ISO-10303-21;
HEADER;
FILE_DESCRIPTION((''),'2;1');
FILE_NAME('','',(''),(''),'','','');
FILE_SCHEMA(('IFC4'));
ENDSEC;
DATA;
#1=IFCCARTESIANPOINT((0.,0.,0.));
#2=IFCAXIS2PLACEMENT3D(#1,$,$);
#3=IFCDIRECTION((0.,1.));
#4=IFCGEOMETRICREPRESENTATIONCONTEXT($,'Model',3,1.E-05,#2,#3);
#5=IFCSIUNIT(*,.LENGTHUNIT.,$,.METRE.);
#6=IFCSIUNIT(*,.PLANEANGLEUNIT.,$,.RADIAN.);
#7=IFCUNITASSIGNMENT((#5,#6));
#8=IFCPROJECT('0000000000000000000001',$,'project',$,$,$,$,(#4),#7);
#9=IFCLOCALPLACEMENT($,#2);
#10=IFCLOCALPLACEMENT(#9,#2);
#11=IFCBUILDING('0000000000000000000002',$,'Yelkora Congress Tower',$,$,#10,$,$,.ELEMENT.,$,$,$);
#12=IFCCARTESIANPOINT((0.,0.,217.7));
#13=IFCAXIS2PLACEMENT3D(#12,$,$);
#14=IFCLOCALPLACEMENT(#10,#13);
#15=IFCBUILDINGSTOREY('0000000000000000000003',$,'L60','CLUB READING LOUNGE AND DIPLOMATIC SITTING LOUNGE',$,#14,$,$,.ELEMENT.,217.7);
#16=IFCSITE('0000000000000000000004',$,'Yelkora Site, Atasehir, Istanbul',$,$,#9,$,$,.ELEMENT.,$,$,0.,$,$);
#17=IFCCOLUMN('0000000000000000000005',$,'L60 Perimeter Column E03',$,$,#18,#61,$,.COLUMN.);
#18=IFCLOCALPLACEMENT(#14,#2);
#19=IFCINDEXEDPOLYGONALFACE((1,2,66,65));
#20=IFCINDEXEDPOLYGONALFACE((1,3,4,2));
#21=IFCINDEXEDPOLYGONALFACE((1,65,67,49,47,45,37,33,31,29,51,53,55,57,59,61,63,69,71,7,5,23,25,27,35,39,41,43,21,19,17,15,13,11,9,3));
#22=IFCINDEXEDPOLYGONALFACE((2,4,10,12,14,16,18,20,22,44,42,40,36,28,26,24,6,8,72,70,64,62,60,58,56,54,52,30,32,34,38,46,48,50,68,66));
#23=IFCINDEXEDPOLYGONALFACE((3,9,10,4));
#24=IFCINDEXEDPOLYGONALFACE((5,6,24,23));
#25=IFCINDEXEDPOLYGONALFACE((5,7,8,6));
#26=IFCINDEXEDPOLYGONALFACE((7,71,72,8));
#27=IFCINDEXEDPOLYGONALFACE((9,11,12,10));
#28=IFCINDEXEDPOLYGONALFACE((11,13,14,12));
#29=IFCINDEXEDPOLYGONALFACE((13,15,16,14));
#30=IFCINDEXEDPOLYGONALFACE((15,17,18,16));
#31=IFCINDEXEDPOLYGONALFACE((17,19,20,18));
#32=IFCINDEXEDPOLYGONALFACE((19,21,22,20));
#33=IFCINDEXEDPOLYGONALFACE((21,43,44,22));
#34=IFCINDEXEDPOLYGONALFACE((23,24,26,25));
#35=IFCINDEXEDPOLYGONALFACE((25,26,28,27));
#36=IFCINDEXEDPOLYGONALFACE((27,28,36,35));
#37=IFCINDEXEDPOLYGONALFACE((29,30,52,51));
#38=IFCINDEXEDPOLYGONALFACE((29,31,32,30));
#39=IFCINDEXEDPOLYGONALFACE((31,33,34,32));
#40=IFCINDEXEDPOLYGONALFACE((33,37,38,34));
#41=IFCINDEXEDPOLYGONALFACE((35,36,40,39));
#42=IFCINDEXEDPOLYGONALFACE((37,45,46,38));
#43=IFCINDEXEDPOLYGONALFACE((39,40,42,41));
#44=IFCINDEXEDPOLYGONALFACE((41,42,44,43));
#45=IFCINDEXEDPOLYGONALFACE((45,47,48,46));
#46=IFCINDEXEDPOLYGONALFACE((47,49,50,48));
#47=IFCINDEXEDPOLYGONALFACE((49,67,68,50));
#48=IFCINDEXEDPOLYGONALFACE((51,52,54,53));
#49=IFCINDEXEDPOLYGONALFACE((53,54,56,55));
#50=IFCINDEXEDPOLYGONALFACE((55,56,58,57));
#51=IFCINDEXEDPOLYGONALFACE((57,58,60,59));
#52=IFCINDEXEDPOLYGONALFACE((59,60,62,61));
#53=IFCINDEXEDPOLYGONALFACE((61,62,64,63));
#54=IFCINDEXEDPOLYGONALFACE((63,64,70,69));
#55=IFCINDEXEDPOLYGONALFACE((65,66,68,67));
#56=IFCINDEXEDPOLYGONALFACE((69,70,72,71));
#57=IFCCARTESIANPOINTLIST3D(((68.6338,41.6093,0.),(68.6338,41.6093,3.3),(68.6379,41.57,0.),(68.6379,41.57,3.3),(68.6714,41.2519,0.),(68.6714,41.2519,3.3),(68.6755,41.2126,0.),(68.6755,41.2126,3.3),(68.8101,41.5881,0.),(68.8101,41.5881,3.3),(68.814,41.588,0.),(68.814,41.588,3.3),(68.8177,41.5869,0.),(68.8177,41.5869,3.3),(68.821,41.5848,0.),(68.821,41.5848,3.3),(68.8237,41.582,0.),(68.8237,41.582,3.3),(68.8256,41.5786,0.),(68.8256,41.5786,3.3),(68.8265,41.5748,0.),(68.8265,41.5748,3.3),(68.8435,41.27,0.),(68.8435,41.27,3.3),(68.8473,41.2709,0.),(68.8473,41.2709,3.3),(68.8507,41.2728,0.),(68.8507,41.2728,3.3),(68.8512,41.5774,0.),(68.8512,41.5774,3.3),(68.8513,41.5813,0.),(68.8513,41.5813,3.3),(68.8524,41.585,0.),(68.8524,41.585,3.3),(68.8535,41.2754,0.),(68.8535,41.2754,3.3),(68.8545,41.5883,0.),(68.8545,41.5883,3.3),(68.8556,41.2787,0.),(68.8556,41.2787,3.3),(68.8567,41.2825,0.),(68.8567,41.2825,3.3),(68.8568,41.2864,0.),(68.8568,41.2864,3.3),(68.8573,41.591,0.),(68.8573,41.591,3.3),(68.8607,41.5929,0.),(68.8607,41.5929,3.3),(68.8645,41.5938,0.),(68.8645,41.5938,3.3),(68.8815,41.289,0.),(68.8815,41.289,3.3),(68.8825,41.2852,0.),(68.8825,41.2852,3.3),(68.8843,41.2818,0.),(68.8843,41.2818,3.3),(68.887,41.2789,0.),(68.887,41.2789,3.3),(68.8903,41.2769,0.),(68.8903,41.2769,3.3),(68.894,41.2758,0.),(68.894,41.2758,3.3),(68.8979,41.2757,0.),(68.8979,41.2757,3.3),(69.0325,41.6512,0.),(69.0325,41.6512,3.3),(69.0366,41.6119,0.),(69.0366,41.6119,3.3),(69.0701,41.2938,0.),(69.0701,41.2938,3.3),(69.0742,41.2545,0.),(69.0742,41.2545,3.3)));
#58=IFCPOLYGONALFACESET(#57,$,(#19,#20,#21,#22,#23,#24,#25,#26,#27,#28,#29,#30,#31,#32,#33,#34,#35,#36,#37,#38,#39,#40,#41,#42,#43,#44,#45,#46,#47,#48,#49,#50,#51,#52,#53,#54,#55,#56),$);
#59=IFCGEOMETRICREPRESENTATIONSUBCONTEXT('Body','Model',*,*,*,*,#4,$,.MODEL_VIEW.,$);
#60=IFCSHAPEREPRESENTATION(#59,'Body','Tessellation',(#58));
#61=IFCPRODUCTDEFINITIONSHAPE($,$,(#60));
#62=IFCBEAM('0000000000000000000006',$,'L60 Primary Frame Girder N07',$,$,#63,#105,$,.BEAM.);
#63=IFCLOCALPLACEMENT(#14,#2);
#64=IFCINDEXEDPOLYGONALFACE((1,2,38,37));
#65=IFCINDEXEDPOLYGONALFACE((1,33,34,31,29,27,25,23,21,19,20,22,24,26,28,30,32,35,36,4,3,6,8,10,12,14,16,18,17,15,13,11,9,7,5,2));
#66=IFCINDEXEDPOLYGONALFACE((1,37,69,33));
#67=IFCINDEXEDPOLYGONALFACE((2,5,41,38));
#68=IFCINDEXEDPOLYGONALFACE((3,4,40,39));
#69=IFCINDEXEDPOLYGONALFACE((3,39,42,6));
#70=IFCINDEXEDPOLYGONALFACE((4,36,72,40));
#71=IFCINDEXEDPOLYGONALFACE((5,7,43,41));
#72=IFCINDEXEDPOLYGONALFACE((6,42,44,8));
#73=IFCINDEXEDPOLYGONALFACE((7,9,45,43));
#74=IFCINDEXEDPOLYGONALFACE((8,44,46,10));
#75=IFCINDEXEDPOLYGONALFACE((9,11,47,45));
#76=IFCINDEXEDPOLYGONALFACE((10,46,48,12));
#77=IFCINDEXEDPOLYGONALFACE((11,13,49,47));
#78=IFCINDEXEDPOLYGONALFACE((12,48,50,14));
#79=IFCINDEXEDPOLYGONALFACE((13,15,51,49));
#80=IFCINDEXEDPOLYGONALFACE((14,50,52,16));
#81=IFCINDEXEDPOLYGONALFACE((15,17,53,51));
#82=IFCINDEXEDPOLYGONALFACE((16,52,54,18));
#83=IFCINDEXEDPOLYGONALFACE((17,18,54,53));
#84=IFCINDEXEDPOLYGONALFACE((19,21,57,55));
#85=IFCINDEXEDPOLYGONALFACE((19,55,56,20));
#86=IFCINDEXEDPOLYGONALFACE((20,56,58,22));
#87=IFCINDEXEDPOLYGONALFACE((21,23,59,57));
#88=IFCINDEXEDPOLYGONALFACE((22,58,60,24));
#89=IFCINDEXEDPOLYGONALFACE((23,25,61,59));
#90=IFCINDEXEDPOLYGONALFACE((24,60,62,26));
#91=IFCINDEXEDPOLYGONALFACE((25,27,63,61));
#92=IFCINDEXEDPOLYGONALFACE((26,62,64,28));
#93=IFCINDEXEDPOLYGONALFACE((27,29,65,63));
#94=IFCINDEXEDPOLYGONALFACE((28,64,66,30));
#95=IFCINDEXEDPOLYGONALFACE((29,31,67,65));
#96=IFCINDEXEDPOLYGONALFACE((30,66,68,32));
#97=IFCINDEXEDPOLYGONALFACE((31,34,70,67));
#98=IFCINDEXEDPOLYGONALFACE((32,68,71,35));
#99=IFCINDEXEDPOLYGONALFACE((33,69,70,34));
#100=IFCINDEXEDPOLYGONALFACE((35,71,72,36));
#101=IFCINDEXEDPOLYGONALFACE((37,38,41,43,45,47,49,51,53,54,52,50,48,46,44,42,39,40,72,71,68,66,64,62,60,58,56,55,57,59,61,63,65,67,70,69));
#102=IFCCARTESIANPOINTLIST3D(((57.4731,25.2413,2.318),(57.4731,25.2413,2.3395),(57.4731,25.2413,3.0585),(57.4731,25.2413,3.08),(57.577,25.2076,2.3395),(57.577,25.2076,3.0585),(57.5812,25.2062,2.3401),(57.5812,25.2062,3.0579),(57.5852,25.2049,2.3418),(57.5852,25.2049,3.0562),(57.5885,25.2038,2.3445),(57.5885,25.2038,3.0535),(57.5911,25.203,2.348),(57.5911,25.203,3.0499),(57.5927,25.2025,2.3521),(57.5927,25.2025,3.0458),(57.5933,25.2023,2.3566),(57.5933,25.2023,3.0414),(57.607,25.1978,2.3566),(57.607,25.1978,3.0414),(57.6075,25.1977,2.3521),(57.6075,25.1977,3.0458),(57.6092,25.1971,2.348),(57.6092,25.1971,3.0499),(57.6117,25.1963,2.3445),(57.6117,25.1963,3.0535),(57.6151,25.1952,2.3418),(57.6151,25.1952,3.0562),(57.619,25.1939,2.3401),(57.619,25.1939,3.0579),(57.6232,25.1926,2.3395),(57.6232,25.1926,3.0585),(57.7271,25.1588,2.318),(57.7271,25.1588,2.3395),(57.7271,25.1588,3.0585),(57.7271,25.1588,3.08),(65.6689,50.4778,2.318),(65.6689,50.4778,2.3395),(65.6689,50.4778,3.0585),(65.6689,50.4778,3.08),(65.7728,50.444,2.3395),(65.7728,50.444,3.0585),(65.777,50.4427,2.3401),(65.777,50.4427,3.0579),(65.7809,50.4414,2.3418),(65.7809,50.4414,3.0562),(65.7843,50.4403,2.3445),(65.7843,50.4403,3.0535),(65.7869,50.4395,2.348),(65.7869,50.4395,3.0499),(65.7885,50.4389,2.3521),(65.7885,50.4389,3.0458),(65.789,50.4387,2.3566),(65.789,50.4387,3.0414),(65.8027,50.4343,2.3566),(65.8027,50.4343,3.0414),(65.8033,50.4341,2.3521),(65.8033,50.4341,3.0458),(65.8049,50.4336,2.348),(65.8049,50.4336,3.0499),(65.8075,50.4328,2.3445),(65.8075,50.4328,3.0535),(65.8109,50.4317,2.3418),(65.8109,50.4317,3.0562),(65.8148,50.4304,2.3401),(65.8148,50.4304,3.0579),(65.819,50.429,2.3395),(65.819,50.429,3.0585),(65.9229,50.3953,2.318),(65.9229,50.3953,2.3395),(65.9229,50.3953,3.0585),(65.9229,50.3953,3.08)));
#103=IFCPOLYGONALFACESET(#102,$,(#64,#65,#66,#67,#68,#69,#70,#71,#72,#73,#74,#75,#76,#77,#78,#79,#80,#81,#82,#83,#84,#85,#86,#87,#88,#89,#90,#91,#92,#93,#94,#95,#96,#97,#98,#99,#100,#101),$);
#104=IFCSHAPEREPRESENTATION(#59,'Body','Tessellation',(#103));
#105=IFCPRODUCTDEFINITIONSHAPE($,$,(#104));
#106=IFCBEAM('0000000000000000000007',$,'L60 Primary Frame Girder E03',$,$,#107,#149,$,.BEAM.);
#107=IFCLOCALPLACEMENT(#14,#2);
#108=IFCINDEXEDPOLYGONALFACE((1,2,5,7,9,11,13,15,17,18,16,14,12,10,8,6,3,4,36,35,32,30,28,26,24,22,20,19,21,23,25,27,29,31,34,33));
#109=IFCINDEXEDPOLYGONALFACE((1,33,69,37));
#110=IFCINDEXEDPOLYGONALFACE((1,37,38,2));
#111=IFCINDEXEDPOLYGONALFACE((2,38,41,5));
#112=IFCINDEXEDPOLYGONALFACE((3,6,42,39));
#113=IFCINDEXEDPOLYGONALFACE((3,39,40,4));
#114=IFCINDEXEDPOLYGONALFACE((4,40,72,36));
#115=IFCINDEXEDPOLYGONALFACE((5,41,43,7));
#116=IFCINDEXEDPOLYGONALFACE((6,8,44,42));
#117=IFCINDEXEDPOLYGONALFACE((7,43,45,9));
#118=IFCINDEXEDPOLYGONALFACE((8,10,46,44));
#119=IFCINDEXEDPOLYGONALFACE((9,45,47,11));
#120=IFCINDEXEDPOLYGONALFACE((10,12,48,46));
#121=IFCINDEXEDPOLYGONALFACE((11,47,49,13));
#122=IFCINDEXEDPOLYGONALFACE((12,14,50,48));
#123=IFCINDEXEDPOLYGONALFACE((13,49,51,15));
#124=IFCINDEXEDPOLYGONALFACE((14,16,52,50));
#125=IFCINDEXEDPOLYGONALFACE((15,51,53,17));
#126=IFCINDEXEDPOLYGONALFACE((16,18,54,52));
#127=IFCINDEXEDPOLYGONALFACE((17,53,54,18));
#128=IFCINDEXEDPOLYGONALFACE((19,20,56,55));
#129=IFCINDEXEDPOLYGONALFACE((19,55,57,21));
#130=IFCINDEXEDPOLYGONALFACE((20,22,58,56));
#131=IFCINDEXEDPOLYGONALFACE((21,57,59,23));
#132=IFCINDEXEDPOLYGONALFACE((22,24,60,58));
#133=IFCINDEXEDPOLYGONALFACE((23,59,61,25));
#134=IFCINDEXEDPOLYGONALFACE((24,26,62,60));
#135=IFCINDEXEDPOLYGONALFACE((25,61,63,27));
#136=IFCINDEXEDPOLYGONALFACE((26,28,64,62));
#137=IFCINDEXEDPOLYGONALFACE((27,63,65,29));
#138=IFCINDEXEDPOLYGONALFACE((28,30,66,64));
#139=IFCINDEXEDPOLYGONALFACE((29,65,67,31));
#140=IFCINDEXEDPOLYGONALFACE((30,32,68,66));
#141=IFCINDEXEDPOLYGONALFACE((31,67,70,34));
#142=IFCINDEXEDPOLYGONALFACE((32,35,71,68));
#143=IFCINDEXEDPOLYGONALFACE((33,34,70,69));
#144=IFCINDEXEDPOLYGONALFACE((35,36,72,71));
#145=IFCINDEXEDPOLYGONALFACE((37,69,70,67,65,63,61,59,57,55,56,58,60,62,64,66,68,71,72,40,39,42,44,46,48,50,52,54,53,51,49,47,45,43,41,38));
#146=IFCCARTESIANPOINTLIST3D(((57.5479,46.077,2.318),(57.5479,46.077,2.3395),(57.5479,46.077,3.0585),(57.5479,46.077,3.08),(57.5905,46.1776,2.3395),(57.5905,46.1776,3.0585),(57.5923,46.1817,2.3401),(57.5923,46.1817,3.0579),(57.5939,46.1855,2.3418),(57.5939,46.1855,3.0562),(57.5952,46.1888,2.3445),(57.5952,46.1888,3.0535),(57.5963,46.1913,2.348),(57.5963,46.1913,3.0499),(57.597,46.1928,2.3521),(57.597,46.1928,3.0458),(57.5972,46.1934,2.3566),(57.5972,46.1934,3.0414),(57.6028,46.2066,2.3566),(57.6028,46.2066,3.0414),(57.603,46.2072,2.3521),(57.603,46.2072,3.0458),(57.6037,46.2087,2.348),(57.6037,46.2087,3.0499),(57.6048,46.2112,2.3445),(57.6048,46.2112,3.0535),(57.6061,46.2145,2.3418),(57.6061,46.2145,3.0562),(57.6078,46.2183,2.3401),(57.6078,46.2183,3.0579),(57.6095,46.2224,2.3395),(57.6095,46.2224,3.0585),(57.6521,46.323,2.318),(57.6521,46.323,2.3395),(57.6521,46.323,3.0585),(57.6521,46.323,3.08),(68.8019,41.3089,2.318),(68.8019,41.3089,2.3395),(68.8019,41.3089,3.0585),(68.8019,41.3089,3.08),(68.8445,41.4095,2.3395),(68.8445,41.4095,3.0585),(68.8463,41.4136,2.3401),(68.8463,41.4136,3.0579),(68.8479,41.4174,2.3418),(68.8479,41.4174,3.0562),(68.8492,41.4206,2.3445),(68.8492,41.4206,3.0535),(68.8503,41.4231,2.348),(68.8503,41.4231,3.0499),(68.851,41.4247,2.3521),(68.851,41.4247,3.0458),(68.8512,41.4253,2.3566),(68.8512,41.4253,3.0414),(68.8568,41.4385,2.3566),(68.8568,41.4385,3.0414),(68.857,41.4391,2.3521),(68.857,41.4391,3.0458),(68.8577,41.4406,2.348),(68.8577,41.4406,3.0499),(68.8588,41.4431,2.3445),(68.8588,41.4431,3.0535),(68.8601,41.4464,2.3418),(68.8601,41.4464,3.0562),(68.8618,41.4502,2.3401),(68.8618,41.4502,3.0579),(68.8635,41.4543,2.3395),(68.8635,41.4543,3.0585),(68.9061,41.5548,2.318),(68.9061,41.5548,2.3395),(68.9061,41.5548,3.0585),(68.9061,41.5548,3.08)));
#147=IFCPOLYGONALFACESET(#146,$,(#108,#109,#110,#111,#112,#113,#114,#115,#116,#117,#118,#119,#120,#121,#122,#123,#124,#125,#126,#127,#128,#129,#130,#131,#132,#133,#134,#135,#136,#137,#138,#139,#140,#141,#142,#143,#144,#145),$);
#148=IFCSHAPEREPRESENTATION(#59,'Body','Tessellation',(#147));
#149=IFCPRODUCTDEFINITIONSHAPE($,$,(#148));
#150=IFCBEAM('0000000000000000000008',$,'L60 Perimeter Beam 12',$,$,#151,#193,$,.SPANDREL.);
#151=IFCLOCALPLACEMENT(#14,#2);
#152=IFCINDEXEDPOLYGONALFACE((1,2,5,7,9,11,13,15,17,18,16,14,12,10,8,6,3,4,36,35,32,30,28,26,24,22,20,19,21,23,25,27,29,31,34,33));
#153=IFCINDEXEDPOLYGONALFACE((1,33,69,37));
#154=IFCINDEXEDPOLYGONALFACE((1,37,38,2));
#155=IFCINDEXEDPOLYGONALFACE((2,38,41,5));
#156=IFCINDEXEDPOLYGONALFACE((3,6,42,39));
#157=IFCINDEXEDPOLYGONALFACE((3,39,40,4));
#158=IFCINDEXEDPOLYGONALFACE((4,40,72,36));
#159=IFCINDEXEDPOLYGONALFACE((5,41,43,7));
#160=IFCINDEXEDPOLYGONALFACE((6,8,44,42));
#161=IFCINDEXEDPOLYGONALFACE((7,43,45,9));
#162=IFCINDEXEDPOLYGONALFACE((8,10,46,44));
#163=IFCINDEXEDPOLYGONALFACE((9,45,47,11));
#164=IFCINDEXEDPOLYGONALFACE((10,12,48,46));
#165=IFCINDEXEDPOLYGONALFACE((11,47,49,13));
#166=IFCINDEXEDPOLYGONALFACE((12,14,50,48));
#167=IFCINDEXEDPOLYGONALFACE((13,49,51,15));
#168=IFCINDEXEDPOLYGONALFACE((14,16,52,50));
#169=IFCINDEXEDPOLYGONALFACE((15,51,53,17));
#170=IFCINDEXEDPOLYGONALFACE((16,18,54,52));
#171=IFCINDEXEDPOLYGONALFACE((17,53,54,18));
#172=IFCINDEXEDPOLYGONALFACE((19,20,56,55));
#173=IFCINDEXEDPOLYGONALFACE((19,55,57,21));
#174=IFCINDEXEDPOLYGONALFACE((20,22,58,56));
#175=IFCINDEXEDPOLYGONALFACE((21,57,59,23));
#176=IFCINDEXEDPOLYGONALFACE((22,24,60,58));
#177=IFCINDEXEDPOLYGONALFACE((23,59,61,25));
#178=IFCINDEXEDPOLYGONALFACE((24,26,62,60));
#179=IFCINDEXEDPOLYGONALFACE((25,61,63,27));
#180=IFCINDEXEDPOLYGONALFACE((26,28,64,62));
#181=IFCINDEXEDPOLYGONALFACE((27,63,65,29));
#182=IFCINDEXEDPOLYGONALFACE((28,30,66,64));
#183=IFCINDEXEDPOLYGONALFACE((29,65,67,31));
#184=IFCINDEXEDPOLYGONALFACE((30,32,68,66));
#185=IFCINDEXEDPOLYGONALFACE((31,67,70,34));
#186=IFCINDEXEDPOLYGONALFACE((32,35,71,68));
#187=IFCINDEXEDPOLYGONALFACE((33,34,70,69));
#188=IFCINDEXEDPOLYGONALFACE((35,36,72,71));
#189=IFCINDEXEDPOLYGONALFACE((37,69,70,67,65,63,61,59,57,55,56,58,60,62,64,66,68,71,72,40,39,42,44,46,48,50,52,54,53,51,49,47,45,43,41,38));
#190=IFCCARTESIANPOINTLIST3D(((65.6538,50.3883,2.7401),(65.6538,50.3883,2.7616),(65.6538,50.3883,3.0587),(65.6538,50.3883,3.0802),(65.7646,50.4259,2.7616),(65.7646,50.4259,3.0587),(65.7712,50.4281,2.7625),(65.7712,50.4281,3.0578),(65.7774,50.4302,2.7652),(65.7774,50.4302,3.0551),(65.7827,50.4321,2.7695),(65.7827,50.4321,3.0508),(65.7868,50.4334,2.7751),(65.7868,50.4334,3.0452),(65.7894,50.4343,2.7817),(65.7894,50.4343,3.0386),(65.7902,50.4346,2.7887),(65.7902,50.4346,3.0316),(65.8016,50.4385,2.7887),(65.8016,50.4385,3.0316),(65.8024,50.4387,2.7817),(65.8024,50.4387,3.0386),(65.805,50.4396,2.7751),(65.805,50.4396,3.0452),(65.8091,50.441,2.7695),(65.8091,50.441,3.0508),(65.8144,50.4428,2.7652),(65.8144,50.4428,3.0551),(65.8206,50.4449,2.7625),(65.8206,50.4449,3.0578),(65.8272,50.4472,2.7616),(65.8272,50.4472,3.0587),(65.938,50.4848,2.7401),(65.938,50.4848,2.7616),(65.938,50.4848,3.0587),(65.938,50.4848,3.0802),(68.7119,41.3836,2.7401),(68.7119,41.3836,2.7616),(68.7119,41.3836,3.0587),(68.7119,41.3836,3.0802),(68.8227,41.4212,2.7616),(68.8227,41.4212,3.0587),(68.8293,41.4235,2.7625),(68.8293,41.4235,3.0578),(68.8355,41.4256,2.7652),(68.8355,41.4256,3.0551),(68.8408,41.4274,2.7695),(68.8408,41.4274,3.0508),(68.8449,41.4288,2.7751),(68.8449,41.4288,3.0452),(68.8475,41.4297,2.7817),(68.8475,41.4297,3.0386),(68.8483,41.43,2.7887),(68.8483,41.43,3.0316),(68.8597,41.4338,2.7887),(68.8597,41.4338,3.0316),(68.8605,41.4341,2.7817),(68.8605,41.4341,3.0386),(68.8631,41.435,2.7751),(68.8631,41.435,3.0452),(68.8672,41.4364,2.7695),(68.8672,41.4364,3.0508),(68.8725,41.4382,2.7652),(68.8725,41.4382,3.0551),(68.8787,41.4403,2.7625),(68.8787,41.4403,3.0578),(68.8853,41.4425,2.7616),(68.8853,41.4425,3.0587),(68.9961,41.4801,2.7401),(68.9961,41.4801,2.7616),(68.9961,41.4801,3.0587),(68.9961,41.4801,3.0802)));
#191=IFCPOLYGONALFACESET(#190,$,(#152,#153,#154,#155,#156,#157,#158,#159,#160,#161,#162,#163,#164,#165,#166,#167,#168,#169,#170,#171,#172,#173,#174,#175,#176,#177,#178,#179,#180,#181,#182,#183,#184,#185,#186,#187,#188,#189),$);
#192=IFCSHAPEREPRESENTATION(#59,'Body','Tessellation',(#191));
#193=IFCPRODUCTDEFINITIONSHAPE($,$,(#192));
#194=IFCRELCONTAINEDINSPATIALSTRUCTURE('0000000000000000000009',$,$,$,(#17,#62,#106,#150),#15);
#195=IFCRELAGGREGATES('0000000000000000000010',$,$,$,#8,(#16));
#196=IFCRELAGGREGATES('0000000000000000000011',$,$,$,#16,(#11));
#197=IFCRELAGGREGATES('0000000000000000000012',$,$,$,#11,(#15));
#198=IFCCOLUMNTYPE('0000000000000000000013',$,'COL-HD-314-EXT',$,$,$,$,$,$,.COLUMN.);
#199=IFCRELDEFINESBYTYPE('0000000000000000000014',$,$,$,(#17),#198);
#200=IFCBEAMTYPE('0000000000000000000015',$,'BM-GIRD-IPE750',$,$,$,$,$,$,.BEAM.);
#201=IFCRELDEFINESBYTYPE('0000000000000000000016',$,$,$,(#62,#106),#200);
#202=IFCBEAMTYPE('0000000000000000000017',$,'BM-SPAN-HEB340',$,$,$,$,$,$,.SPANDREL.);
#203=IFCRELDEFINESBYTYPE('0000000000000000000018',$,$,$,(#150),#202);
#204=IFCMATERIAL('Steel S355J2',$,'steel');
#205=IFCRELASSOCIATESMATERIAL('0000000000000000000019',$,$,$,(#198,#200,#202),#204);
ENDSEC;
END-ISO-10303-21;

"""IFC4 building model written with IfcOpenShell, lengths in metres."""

from ifc_helpers import new_model, si_unit, direction, frame, origin, origin_2d, place, context, subcontext, project, spatial, i_section, extrude, material, material_profile, profile_set, type_object, element, save


model = new_model("IFC4")

# Units and contexts
model_context = context("Model", 3, precision=1e-05, world=origin(), true_north=direction((0.0, 1.0)))
body_context = subcontext(model_context, "Body", "Model", "MODEL_VIEW")
ifc_project = project(units=[si_unit("LENGTHUNIT", "METRE"), si_unit("PLANEANGLEUNIT", "RADIAN")], contexts=[model_context])

# Site, building, storey
site_placement = place(None, origin())
site = spatial("IfcSite", under=ifc_project, at=site_placement, Name="Yelkora Site, Atasehir, Istanbul", CompositionType="ELEMENT", RefElevation=0.0)
building_placement = place(site_placement, origin())
building = spatial("IfcBuilding", under=site, at=building_placement, Name="Yelkora Congress Tower", CompositionType="ELEMENT")
storey_placement = place(building_placement, frame((0.0, 0.0, 217.7)))
storey = spatial("IfcBuildingStorey", under=building, at=storey_placement, Name="L60", Description="CLUB READING LOUNGE AND DIPLOMATIC SITTING LOUNGE", CompositionType="ELEMENT", Elevation=217.7)

# Column
ifc_material_1 = material(Name="Steel S355J2", Category="steel")
ifc_material_profile_1 = material_profile(ifc_material_1, i_section(OverallWidth=0.4009, OverallDepth=0.3989, WebThickness=0.0249, FlangeThickness=0.0396, FilletRadius=0.0149, at=origin_2d()), Name="HD 400x314")
ifc_profile_set_1 = profile_set([ifc_material_profile_1], Name="Steel S355J2")
column_type = type_object("IfcColumnType", Name="COL-HD-314-EXT", PredefinedType="COLUMN", material=ifc_profile_set_1)
column_placement = place(storey_placement, frame((68.854, 41.4319, 0.0), z_axis=(0.0, 0.0, 1.0), x_axis=(0.994522, 0.104528, 0.0)))
element("IfcColumn", 1, at=column_placement, inside=storey, type_object=column_type, Name="L60 Perimeter Column E03", PredefinedType="COLUMN", context=body_context, shape_type="SweptSolid", body=[
    extrude(i_section(OverallWidth=0.4009, OverallDepth=0.3989, WebThickness=0.0249, FlangeThickness=0.0396, FilletRadius=0.0149, at=origin_2d()), origin(), (0.0, 0.0, 1.0), 3.3),
])

# Beams
ifc_material_profile_2 = material_profile(ifc_material_1, i_section(OverallWidth=0.2671, OverallDepth=0.762, WebThickness=0.0144, FlangeThickness=0.0215, FilletRadius=0.0171, at=origin_2d()), Name="IPE 750x173")
ifc_profile_set_2 = profile_set([ifc_material_profile_2], Name="Steel S355J2")
beam_type_1 = type_object("IfcBeamType", Name="BM-GIRD-IPE750", PredefinedType="BEAM", material=ifc_profile_set_2)
beam_1_placement = place(storey_placement, frame((65.7959, 50.4365, 2.699), z_axis=(-0.308879, -0.951101, 0.0), x_axis=(0.951101, -0.308879, 0.0)))
element("IfcBeam", 2, at=beam_1_placement, inside=storey, type_object=beam_type_1, Name="L60 Primary Frame Girder N07", PredefinedType="BEAM", context=body_context, shape_type="SweptSolid", body=[
    extrude(i_section(OverallWidth=0.2671, OverallDepth=0.762, WebThickness=0.0144, FlangeThickness=0.0215, FilletRadius=0.0171, at=origin_2d()), origin(), (0.0, 0.0, 1.0), 26.5339),
])
beam_2_placement = place(storey_placement, frame((68.854, 41.4319, 2.699), z_axis=(-0.920768, 0.390112, 0.0), x_axis=(-0.390112, -0.920768, 0.0)))
element("IfcBeam", 3, at=beam_2_placement, inside=storey, type_object=beam_type_1, Name="L60 Primary Frame Girder E03", PredefinedType="BEAM", context=body_context, shape_type="SweptSolid", body=[
    extrude(i_section(OverallWidth=0.2671, OverallDepth=0.762, WebThickness=0.0144, FlangeThickness=0.0215, FilletRadius=0.0171, at=origin_2d()), origin(), (0.0, 0.0, 1.0), 12.2224),
])
ifc_material_profile_3 = material_profile(ifc_material_1, i_section(OverallWidth=0.3, OverallDepth=0.3401, WebThickness=0.012, FlangeThickness=0.0215, FilletRadius=0.0271, at=origin_2d()), Name="HEB 340")
ifc_profile_set_3 = profile_set([ifc_material_profile_3], Name="Steel S355J2")
beam_type_2 = type_object("IfcBeamType", Name="BM-SPAN-HEB340", PredefinedType="SPANDREL", material=ifc_profile_set_3)
beam_3_placement = place(storey_placement, frame((68.854, 41.4319, 2.9102), z_axis=(-0.321575, 0.946884, 0.0), x_axis=(-0.946884, -0.321575, 0.0)))
element("IfcBeam", 4, at=beam_3_placement, inside=storey, type_object=beam_type_2, Name="L60 Perimeter Beam 12", PredefinedType="SPANDREL", context=body_context, shape_type="SweptSolid", body=[
    extrude(i_section(OverallWidth=0.3, OverallDepth=0.3401, WebThickness=0.012, FlangeThickness=0.0215, FilletRadius=0.0271, at=origin_2d()), origin(), (0.0, 0.0, 1.0), 9.5098),
])

save(model, "model.ifc")
